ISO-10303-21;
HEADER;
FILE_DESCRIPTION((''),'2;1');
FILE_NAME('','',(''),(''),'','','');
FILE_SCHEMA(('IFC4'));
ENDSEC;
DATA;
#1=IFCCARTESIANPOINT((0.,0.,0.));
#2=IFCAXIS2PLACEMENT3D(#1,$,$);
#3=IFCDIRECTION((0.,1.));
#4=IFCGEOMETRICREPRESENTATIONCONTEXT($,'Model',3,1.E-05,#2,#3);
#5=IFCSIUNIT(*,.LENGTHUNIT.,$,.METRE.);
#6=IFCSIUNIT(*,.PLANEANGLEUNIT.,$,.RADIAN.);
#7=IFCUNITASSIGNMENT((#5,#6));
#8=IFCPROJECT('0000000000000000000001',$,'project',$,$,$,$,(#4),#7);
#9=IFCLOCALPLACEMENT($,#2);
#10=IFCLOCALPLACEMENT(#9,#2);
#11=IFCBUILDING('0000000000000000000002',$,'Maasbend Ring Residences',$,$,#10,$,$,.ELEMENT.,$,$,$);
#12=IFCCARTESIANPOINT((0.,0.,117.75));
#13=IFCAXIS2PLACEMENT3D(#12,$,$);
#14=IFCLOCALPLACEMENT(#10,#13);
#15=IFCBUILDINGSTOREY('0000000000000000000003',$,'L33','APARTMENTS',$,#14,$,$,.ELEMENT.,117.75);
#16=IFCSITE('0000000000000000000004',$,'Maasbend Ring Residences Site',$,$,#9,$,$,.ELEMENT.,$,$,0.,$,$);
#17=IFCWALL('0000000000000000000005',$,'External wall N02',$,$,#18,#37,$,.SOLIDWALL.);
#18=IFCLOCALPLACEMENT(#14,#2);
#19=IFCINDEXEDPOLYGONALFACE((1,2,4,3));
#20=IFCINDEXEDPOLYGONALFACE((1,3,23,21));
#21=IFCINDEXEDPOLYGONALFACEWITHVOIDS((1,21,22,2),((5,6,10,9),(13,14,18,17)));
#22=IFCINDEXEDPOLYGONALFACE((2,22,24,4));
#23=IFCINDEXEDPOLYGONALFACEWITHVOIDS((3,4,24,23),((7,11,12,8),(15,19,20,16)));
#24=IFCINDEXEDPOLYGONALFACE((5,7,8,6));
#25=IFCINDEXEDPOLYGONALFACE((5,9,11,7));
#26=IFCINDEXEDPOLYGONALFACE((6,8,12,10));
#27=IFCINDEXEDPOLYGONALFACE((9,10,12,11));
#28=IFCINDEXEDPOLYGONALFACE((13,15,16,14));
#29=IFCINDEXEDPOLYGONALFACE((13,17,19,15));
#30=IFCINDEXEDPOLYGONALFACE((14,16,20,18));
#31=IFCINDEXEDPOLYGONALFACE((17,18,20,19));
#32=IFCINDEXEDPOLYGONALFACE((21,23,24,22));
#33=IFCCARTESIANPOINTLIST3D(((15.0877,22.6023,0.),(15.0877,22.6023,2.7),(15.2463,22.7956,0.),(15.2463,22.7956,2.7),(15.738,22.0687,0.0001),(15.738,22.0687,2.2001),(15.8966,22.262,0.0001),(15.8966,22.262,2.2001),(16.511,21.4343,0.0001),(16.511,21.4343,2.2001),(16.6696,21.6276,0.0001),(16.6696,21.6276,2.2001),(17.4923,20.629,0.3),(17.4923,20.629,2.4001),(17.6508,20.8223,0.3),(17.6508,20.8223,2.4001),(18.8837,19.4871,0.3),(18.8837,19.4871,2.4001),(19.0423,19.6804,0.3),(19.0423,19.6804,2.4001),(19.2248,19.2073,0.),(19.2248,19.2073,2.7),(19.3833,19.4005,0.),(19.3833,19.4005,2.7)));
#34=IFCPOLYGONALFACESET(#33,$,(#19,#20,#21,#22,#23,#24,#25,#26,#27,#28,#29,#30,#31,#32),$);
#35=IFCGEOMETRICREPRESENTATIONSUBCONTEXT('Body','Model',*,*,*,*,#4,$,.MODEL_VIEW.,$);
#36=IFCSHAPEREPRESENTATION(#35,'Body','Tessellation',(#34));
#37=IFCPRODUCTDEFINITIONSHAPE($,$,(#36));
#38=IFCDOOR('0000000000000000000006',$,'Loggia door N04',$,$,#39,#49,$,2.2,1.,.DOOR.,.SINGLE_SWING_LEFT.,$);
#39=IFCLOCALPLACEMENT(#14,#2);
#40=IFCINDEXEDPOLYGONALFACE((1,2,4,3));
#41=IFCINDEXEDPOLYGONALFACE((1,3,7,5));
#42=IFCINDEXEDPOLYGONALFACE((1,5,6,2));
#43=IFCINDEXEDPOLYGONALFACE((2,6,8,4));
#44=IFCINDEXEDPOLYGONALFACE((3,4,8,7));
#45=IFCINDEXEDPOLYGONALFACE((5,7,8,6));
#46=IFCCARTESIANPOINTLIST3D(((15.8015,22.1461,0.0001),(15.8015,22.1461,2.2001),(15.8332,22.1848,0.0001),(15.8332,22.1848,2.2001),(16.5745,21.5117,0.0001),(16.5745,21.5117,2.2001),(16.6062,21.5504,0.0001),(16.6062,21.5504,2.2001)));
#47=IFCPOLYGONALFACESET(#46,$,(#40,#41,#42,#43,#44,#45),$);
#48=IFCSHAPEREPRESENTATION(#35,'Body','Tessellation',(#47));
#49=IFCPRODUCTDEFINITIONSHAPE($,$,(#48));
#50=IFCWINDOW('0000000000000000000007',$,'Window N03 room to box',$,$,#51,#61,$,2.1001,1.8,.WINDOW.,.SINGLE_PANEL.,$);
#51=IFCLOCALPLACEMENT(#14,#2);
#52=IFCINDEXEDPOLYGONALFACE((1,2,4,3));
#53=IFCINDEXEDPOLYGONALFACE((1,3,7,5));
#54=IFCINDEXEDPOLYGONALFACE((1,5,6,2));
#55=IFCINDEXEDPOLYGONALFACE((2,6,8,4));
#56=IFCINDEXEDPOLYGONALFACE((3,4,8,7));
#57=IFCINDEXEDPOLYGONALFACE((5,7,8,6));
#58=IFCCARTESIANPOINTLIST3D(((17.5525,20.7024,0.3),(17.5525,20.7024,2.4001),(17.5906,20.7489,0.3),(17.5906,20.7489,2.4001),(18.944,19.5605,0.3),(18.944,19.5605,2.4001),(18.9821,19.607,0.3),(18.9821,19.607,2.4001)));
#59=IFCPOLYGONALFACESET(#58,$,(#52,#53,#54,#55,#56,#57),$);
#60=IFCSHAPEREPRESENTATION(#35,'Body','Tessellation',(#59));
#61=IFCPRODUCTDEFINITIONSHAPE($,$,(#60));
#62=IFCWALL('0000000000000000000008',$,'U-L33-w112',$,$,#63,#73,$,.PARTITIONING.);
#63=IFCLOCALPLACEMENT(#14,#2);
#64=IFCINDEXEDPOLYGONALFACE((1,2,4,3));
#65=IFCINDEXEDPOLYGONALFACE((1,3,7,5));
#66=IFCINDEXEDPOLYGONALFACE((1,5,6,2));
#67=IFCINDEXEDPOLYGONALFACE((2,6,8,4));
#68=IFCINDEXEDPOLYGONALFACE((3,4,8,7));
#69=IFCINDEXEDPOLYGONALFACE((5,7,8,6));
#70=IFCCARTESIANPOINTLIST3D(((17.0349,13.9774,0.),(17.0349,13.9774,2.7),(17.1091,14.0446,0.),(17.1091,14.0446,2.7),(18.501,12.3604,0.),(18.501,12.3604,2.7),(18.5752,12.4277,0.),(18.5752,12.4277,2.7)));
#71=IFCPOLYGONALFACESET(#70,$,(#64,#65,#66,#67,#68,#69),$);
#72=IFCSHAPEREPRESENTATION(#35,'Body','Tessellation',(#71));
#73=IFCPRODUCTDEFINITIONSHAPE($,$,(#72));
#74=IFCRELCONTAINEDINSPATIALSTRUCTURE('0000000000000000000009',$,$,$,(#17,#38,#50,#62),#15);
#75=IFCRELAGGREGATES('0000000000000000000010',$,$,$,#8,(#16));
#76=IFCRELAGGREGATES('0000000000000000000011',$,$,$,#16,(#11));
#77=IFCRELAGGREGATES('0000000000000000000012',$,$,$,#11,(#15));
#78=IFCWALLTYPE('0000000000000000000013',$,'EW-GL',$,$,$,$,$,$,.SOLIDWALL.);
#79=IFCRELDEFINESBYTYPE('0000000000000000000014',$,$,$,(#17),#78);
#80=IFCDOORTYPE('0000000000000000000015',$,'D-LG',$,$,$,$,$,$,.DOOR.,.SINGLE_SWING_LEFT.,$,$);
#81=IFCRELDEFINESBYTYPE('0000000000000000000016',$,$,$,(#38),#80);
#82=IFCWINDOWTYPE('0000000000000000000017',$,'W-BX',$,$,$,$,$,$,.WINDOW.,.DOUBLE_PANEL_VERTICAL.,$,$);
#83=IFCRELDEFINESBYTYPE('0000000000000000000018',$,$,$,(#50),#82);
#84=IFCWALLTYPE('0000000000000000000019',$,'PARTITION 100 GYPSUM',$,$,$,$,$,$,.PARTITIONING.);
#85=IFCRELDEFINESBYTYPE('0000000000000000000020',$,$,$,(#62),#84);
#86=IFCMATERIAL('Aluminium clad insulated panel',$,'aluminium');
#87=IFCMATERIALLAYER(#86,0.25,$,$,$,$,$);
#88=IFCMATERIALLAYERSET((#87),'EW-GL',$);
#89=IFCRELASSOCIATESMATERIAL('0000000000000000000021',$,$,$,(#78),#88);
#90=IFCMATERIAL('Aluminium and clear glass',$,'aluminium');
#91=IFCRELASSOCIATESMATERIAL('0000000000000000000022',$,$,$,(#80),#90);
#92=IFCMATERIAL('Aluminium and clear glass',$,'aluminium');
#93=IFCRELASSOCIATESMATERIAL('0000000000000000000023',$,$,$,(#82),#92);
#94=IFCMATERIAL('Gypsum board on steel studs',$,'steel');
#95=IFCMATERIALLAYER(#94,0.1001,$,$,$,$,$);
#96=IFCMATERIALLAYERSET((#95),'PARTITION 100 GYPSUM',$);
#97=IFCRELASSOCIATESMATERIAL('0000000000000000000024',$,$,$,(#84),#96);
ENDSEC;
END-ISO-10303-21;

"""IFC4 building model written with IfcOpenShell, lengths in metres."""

from ifc_helpers import new_model, si_unit, direction, frame, frame_2d, origin, place, context, subcontext, project, spatial, rectangle, extrude, material, layer, layer_set, type_object, element, fill, save


model = new_model("IFC4")

# Units and contexts
model_context = context("Model", 3, precision=1e-05, world=origin(), true_north=direction((0.0, 1.0)))
body_context = subcontext(model_context, "Body", "Model", "MODEL_VIEW")
ifc_project = project(units=[si_unit("LENGTHUNIT", "METRE"), si_unit("PLANEANGLEUNIT", "RADIAN")], contexts=[model_context])

# Site, building, storey
site_placement = place(None, origin())
site = spatial("IfcSite", under=ifc_project, at=site_placement, Name="Maasbend Ring Residences Site", CompositionType="ELEMENT", RefElevation=0.0)
building_placement = place(site_placement, origin())
building = spatial("IfcBuilding", under=site, at=building_placement, Name="Maasbend Ring Residences", CompositionType="ELEMENT")
storey_placement = place(building_placement, frame((0.0, 0.0, 117.75)))
storey = spatial("IfcBuildingStorey", under=building, at=storey_placement, Name="L33", Description="APARTMENTS", CompositionType="ELEMENT", Elevation=117.75)

# Wall, openings, door, window
ifc_material_1 = material(Name="Aluminium clad insulated panel", Category="aluminium")
ifc_layer_1 = layer(ifc_material_1, 0.25)
ifc_layer_set_1 = layer_set([ifc_layer_1], Name="EW-GL")
wall_type_1 = type_object("IfcWallType", Name="EW-GL", PredefinedType="SOLIDWALL", material=ifc_layer_set_1)
ifc_material_2 = material(Name="Aluminium and clear glass", Category="aluminium")
door_type = type_object("IfcDoorType", Name="D-LG", OperationType="SINGLE_SWING_LEFT", PredefinedType="DOOR", material=ifc_material_2)
ifc_material_3 = material(Name="Aluminium and clear glass", Category="aluminium")
window_type_1 = type_object("IfcWindowType", Name="W-BX", PartitioningType="DOUBLE_PANEL_VERTICAL", PredefinedType="WINDOW", material=ifc_material_3)
wall_1_placement = place(storey_placement, frame((19.304, 19.304, 0.0), z_axis=(0.0, 0.0, 1.0), x_axis=(-0.773019, 0.634382, 0.0)))
wall_1 = element("IfcWall", 1, at=wall_1_placement, inside=storey, type_object=wall_type_1, Name="External wall N02", PredefinedType="SOLIDWALL", context=body_context, shape_type="SweptSolid", body=[
    extrude(rectangle(XDim=5.3518, YDim=0.25, at=frame_2d((2.6758, 0.0))), origin(), (0.0, 0.0, 1.0), 2.7),
])
opening_1_placement = place(wall_1_placement, frame((0.4412, 0.0, 0.3)))
opening_1 = element("IfcOpeningElement", 2, at=opening_1_placement, cuts=wall_1, PredefinedType="OPENING", context=body_context, shape_type="SweptSolid", body=[
    extrude(rectangle(XDim=1.8, YDim=2.1001, at=frame_2d((0.8999, 1.05))), frame((0.0, 0.135, 0.0), z_axis=(0.0, -1.0, 0.0), x_axis=(1.0, 0.0, 0.0)), (0.0, 0.0, 1.0), 0.27),
])
opening_2_placement = place(wall_1_placement, frame((3.5105, 0.0, 0.0)))
opening_2 = element("IfcOpeningElement", 3, at=opening_2_placement, cuts=wall_1, PredefinedType="OPENING", context=body_context, shape_type="SweptSolid", body=[
    extrude(rectangle(XDim=1.0, YDim=2.2, at=frame_2d((0.5, 1.1001))), frame((0.0, 0.135, 0.0), z_axis=(0.0, -1.0, 0.0), x_axis=(1.0, 0.0, 0.0)), (0.0, 0.0, 1.0), 0.27),
])
door_1_placement = place(opening_2_placement, origin())
door_1 = element("IfcDoor", 4, at=door_1_placement, inside=storey, type_object=door_type, Name="Loggia door N04", OperationType="SINGLE_SWING_LEFT", OverallHeight=2.2, OverallWidth=1.0, PredefinedType="DOOR", context=body_context, shape_type="SweptSolid", body=[
    extrude(rectangle(XDim=1.0, YDim=2.2, at=frame_2d((0.5, 1.1001))), frame((0.0, 0.0249, 0.0), z_axis=(0.0, -1.0, 0.0), x_axis=(1.0, 0.0, 0.0)), (0.0, 0.0, 1.0), 0.05),
])
fill(opening_2, door_1)
window_1_placement = place(opening_1_placement, origin())
window_1 = element("IfcWindow", 5, at=window_1_placement, inside=storey, type_object=window_type_1, Name="Window N03 room to box", OverallHeight=2.1001, OverallWidth=1.8, PartitioningType="SINGLE_PANEL", PredefinedType="WINDOW", context=body_context, shape_type="SweptSolid", body=[
    extrude(rectangle(XDim=1.8, YDim=2.1001, at=frame_2d((0.8999, 1.05))), frame((0.0, 0.03, 0.0), z_axis=(0.0, -1.0, 0.0), x_axis=(1.0, 0.0, 0.0)), (0.0, 0.0, 1.0), 0.0601),
])
fill(opening_1, window_1)

# Wall
ifc_material_4 = material(Name="Gypsum board on steel studs", Category="steel")
ifc_layer_2 = layer(ifc_material_4, 0.1001)
ifc_layer_set_2 = layer_set([ifc_layer_2], Name="PARTITION 100 GYPSUM")
wall_type_2 = type_object("IfcWallType", Name="PARTITION 100 GYPSUM", PredefinedType="PARTITIONING", material=ifc_layer_set_2)
wall_2_placement = place(storey_placement, frame((17.072, 14.011, 0.0), z_axis=(0.0, 0.0, 1.0), x_axis=(0.671698, -0.740825, 0.0)))
element("IfcWall", 6, at=wall_2_placement, inside=storey, type_object=wall_type_2, Name="U-L33-w112", PredefinedType="PARTITIONING", context=body_context, shape_type="SweptSolid", body=[
    extrude(rectangle(XDim=2.1826, YDim=0.1001, at=frame_2d((1.0913, 0.0))), origin(), (0.0, 0.0, 1.0), 2.7),
])

save(model, "model.ifc")
